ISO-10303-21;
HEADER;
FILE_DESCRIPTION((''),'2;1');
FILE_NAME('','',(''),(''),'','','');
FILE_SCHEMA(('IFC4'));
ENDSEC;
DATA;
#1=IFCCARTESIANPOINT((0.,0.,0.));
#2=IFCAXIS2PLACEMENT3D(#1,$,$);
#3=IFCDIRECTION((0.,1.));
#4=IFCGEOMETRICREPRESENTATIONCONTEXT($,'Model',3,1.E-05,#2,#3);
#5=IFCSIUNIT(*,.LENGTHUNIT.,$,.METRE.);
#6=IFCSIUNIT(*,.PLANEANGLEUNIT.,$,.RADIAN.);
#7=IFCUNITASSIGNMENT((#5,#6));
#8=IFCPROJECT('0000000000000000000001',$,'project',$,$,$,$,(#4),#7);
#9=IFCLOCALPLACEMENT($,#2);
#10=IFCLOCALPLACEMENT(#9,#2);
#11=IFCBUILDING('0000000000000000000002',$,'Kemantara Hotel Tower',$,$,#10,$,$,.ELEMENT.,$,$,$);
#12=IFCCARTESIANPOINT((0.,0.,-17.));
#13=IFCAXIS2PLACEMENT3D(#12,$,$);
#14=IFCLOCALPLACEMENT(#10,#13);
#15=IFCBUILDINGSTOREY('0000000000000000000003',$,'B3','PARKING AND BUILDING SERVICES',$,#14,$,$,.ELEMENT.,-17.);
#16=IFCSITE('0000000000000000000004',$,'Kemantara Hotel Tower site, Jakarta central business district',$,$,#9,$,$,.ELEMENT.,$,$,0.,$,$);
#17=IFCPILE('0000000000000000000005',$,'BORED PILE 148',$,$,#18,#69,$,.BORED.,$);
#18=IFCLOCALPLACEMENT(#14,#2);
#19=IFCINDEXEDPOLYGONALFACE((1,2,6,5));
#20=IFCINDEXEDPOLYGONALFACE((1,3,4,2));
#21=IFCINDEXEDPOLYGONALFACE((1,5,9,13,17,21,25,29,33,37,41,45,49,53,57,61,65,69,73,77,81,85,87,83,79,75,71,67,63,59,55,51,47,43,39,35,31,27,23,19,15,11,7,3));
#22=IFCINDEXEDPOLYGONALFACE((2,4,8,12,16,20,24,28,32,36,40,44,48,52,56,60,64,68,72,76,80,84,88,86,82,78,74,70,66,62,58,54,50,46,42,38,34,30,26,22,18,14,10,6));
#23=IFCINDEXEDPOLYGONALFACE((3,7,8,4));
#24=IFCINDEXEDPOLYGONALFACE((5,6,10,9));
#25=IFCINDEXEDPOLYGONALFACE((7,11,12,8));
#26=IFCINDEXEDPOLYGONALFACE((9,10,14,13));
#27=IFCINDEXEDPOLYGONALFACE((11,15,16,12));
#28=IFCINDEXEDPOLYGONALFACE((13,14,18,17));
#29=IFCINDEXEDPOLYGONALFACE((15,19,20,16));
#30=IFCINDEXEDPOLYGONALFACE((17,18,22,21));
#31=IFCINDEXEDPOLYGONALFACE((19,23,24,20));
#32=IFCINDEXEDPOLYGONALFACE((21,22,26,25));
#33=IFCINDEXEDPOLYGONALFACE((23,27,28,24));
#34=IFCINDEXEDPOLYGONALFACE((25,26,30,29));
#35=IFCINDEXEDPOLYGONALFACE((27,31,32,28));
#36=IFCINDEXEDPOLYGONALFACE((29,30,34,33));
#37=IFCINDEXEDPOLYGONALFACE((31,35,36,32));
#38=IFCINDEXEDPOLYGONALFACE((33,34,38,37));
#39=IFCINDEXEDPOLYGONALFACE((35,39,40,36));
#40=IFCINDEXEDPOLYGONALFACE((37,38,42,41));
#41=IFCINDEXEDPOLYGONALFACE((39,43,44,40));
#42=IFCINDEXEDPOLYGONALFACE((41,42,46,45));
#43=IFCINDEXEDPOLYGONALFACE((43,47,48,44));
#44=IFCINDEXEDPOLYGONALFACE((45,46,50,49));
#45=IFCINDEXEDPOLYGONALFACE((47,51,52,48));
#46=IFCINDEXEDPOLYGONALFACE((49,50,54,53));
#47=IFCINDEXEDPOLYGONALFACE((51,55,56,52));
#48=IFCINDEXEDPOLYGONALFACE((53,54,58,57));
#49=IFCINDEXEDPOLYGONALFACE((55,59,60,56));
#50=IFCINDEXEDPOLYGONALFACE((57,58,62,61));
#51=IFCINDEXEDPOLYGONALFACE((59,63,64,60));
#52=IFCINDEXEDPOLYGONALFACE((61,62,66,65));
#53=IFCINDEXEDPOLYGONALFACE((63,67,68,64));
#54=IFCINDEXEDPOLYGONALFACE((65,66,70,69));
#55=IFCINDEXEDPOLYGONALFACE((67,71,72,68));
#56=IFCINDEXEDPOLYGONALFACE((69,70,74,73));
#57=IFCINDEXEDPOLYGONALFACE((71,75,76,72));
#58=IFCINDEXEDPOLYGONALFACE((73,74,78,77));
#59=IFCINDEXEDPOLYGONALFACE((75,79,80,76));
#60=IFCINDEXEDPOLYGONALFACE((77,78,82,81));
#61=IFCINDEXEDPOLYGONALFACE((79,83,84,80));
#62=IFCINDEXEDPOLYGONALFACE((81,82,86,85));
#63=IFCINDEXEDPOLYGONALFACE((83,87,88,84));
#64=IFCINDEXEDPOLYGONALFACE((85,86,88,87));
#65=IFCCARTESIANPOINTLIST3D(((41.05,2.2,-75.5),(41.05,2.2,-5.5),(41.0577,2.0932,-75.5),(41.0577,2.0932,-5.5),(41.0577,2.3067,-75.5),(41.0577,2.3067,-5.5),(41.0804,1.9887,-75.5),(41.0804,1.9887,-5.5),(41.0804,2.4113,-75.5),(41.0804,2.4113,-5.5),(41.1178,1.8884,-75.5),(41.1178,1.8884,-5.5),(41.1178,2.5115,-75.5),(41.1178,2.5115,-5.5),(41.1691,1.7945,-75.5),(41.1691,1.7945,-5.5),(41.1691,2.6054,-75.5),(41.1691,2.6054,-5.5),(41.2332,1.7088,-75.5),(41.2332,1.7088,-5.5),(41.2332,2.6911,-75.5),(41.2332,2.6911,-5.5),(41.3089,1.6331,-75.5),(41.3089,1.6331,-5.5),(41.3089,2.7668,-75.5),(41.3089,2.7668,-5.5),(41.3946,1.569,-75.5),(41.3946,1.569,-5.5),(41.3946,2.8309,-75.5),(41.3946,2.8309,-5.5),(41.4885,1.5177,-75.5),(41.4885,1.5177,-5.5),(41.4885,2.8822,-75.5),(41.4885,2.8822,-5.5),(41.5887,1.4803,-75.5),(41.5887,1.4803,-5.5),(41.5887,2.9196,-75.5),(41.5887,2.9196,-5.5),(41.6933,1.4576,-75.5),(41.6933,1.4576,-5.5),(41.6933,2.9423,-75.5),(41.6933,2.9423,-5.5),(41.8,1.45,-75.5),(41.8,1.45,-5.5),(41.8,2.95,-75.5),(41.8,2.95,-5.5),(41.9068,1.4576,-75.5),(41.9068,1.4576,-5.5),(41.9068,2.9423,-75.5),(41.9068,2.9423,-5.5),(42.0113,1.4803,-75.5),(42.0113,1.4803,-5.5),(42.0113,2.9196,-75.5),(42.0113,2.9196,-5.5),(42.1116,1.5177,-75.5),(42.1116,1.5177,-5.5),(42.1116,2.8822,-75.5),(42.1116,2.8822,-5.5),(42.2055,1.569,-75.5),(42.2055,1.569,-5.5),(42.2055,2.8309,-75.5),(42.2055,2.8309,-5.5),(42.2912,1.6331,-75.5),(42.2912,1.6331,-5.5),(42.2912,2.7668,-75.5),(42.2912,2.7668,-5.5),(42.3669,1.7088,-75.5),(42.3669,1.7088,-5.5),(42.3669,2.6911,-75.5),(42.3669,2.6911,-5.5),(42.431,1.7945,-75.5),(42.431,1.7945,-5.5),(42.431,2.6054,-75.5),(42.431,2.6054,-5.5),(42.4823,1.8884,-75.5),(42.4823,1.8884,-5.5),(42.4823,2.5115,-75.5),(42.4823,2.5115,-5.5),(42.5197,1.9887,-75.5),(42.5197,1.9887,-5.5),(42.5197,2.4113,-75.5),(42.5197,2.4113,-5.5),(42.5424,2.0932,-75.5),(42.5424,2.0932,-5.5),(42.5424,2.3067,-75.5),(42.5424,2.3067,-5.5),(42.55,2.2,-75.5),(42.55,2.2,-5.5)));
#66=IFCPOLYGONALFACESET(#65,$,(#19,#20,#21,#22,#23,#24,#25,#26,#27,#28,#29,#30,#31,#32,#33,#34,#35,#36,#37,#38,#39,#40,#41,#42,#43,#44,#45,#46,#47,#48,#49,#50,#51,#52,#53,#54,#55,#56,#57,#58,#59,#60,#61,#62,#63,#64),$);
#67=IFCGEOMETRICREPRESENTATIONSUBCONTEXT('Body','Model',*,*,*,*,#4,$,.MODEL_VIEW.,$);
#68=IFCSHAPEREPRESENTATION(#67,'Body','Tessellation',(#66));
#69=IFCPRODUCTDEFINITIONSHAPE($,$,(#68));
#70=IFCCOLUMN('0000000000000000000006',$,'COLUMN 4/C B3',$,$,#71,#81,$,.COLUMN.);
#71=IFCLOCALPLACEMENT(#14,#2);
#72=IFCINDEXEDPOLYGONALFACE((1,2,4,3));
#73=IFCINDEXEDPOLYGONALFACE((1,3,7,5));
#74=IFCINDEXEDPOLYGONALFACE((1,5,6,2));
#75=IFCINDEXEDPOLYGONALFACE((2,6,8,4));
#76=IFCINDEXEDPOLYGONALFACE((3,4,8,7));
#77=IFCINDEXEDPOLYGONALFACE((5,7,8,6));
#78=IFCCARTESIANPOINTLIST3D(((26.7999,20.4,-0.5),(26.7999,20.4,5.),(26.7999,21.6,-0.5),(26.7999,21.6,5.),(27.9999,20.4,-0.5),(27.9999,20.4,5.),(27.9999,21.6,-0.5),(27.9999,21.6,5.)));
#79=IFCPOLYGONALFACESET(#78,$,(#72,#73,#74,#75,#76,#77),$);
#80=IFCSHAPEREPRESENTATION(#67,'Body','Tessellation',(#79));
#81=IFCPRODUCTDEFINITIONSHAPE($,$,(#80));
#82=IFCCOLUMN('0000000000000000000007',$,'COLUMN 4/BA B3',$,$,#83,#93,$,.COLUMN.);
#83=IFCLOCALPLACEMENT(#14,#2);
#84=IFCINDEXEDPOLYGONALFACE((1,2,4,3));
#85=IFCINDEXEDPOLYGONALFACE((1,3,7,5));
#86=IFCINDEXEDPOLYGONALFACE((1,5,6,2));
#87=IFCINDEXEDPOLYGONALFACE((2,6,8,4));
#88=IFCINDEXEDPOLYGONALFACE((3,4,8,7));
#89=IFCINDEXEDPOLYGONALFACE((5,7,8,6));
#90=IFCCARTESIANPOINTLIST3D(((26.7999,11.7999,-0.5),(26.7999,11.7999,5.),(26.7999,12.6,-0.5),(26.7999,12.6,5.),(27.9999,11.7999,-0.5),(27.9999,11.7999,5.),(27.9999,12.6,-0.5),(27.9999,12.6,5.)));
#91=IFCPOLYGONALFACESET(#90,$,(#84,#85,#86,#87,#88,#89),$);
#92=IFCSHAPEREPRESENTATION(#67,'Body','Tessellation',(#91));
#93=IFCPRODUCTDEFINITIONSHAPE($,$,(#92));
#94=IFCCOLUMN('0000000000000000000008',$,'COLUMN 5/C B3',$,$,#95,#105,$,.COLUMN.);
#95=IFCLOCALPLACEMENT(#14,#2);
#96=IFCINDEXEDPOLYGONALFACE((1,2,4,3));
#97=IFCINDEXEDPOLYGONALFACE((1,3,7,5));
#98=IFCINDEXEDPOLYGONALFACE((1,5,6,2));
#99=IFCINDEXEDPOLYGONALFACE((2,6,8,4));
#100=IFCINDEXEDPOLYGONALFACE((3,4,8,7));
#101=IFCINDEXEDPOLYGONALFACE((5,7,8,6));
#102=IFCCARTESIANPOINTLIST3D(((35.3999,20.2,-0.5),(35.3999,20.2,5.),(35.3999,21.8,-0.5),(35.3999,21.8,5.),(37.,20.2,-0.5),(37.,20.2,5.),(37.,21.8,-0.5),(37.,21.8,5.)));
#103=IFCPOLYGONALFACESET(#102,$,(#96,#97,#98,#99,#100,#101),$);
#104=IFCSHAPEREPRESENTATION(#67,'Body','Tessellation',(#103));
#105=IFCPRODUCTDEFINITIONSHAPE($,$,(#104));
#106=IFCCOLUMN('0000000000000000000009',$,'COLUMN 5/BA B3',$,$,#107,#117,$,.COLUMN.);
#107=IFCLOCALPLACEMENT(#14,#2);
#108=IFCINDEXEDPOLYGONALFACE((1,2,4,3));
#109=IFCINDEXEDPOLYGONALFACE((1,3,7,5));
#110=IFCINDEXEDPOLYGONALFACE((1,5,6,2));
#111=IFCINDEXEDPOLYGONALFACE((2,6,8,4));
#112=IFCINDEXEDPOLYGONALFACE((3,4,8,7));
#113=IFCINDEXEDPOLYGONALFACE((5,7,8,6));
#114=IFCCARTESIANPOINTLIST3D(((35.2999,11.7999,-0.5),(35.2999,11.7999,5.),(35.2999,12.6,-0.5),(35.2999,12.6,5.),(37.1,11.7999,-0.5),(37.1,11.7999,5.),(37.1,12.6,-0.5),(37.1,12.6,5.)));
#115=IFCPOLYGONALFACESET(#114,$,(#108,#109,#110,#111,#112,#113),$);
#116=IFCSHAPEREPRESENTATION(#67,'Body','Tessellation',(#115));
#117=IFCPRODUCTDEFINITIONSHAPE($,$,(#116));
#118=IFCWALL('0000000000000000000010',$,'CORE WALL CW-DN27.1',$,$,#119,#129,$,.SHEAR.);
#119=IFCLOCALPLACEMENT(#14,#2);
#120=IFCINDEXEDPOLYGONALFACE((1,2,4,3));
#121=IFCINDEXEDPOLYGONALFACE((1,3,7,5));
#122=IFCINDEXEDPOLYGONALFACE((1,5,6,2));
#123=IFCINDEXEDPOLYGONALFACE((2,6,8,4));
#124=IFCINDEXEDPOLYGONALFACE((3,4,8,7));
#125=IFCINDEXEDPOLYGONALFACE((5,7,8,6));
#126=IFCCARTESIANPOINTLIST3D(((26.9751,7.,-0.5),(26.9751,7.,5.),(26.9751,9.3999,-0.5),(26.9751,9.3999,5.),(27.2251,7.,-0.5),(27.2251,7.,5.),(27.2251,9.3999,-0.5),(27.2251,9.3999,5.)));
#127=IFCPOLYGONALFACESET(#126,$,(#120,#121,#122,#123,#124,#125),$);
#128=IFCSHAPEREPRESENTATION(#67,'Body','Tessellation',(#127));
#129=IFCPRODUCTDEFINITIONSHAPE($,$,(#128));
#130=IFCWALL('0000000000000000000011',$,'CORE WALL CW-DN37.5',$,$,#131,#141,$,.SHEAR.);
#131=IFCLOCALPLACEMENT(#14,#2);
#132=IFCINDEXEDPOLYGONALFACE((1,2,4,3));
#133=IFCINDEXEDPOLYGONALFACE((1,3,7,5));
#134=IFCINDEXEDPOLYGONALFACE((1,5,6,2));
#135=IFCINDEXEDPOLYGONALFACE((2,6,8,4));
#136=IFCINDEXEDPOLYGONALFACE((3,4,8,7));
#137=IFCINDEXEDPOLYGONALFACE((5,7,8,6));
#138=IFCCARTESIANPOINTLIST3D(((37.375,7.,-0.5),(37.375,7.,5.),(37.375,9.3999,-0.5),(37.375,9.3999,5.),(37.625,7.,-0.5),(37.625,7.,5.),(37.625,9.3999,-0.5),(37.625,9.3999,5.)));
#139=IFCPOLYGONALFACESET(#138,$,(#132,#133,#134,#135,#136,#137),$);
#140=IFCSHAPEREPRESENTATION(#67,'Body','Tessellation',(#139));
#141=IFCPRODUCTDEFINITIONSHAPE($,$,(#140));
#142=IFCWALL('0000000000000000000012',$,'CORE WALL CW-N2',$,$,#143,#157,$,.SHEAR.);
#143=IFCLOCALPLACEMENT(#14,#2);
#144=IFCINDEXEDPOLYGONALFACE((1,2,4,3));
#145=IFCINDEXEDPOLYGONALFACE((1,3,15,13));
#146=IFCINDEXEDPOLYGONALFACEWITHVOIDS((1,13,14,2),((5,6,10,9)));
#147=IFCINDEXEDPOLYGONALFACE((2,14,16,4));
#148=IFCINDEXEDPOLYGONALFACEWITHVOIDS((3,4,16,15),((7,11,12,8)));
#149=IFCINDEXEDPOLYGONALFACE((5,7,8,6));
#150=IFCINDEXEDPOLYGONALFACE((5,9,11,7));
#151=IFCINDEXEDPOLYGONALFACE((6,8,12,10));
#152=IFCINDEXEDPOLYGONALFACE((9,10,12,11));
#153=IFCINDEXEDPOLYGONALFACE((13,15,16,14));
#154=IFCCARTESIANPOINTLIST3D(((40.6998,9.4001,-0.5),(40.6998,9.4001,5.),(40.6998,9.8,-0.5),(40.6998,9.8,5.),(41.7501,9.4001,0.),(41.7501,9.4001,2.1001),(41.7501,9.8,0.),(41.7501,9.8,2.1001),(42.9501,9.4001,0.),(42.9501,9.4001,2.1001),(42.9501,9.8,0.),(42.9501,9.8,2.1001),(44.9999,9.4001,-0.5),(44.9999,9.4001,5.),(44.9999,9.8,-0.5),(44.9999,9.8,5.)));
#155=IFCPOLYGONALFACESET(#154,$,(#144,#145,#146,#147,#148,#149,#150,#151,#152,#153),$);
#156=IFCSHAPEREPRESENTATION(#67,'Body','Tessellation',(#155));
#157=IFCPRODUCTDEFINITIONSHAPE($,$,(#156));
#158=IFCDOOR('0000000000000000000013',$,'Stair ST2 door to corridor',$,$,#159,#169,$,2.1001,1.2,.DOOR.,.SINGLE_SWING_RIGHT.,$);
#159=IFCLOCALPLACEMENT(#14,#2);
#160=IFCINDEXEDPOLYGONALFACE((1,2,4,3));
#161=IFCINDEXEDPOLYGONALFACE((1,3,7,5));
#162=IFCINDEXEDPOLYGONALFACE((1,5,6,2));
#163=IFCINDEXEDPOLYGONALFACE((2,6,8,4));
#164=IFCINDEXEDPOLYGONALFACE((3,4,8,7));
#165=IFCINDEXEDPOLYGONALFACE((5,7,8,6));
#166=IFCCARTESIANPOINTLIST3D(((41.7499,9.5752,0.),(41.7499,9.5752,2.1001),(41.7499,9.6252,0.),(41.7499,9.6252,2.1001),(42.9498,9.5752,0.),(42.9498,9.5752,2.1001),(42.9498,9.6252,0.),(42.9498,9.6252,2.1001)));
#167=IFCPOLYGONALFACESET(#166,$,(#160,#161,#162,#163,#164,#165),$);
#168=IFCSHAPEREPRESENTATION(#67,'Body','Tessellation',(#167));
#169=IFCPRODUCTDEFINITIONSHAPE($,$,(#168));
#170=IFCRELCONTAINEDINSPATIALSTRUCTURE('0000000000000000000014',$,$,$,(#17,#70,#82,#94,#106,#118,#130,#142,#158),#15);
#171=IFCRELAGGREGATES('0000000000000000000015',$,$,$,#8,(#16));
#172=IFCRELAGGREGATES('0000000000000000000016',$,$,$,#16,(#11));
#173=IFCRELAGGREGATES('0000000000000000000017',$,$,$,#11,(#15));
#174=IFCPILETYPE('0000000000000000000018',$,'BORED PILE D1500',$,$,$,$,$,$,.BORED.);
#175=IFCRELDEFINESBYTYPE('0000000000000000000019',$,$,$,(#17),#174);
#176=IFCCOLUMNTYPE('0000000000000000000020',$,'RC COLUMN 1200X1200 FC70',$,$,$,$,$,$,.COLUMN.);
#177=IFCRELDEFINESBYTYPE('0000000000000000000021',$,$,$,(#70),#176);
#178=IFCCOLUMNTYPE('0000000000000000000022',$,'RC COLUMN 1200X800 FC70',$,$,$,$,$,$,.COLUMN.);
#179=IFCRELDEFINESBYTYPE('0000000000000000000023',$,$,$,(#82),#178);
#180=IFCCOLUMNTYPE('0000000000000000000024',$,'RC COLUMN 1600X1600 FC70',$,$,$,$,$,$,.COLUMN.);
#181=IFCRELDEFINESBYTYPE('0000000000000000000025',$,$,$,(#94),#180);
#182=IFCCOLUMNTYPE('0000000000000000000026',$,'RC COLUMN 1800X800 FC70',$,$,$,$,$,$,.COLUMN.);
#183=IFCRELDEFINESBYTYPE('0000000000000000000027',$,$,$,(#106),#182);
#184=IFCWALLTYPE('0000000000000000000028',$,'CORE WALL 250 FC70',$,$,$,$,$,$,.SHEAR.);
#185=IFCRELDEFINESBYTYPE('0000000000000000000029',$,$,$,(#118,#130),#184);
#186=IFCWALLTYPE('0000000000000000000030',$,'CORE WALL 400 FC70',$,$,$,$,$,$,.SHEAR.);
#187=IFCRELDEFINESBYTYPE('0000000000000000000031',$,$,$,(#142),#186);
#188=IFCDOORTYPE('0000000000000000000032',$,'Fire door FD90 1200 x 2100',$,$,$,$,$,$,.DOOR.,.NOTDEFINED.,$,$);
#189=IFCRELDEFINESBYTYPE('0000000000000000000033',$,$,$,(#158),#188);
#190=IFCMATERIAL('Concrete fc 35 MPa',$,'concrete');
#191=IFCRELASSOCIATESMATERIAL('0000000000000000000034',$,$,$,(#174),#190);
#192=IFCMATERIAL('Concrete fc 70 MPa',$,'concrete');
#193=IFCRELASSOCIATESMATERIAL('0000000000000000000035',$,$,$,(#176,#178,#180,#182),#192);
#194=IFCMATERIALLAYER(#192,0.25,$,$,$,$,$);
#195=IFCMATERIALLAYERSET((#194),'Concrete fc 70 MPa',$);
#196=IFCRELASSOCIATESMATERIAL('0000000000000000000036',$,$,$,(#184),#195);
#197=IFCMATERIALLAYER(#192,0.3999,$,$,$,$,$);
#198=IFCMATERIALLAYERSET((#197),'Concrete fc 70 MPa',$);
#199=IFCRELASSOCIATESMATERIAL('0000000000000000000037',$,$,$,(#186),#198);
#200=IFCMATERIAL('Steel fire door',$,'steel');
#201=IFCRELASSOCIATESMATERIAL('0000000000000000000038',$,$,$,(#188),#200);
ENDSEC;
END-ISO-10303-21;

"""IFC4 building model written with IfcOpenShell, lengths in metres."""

from ifc_helpers import new_model, si_unit, direction, frame, frame_2d, origin, origin_2d, place, context, subcontext, project, spatial, rectangle, circle, extrude, material, layer, layer_set, material_profile, profile_set, type_object, element, fill, save


model = new_model("IFC4")

# Units and contexts
model_context = context("Model", 3, precision=1e-05, world=origin(), true_north=direction((0.0, 1.0)))
body_context = subcontext(model_context, "Body", "Model", "MODEL_VIEW")
ifc_project = project(units=[si_unit("LENGTHUNIT", "METRE"), si_unit("PLANEANGLEUNIT", "RADIAN")], contexts=[model_context])

# Site, building, storey
site_placement = place(None, origin())
site = spatial("IfcSite", under=ifc_project, at=site_placement, Name="Kemantara Hotel Tower site, Jakarta central business district", CompositionType="ELEMENT", RefElevation=0.0)
building_placement = place(site_placement, origin())
building = spatial("IfcBuilding", under=site, at=building_placement, Name="Kemantara Hotel Tower", CompositionType="ELEMENT")
storey_placement = place(building_placement, frame((0.0, 0.0, -17.0)))
storey = spatial("IfcBuildingStorey", under=building, at=storey_placement, Name="B3", Description="PARKING AND BUILDING SERVICES", CompositionType="ELEMENT", Elevation=-17.0)

# Pile
ifc_material_1 = material(Name="Concrete fc 35 MPa", Category="concrete")
ifc_material_profile_1 = material_profile(ifc_material_1, circle(Radius=0.75, at=origin_2d()), Name="BORED PILE D1500")
ifc_profile_set_1 = profile_set([ifc_material_profile_1], Name="Concrete fc 35 MPa")
pile_type = type_object("IfcPileType", Name="BORED PILE D1500", PredefinedType="BORED", material=ifc_profile_set_1)
for number, where, z_axis, x_axis, name in (
    (1, (41.8, 2.2, -5.5), (0.0, 0.0, -1.0), (1.0, 0.0, 0.0), "BORED PILE 148"),
):
    element("IfcPile", number, at=place(storey_placement, frame(where, z_axis=z_axis, x_axis=x_axis)), inside=storey, type_object=pile_type, Name=name, PredefinedType="BORED", context=body_context, shape_type="SweptSolid", body=[
        extrude(circle(Radius=0.75, at=origin_2d()), origin(), (0.0, 0.0, 1.0), 70.0),
    ])

# Columns
ifc_material_2 = material(Name="Concrete fc 70 MPa", Category="concrete")
ifc_material_profile_2 = material_profile(ifc_material_2, rectangle(XDim=1.2, YDim=1.2, at=origin_2d()), Name="RC 1200X1200")
ifc_profile_set_2 = profile_set([ifc_material_profile_2], Name="Concrete fc 70 MPa")
column_type_1 = type_object("IfcColumnType", Name="RC COLUMN 1200X1200 FC70", PredefinedType="COLUMN", material=ifc_profile_set_2)
column_1_placement = place(storey_placement, frame((27.3999, 21.0, -0.5), z_axis=(0.0, 0.0, 1.0), x_axis=(1.0, 0.0, 0.0)))
element("IfcColumn", 2, at=column_1_placement, inside=storey, type_object=column_type_1, Name="COLUMN 4/C B3", PredefinedType="COLUMN", context=body_context, shape_type="SweptSolid", body=[
    extrude(rectangle(XDim=1.2, YDim=1.2, at=origin_2d()), origin(), (0.0, 0.0, 1.0), 5.5),
])
ifc_material_profile_3 = material_profile(ifc_material_2, rectangle(XDim=1.2, YDim=0.8, at=origin_2d()), Name="RC 1200X800")
ifc_profile_set_3 = profile_set([ifc_material_profile_3], Name="Concrete fc 70 MPa")
column_type_2 = type_object("IfcColumnType", Name="RC COLUMN 1200X800 FC70", PredefinedType="COLUMN", material=ifc_profile_set_3)
column_2_placement = place(storey_placement, frame((27.3999, 12.2, -0.5), z_axis=(0.0, 0.0, 1.0), x_axis=(1.0, 0.0, 0.0)))
element("IfcColumn", 3, at=column_2_placement, inside=storey, type_object=column_type_2, Name="COLUMN 4/BA B3", PredefinedType="COLUMN", context=body_context, shape_type="SweptSolid", body=[
    extrude(rectangle(XDim=1.2, YDim=0.8, at=origin_2d()), origin(), (0.0, 0.0, 1.0), 5.5),
])
ifc_material_profile_4 = material_profile(ifc_material_2, rectangle(XDim=1.6001, YDim=1.6001, at=origin_2d()), Name="RC 1600X1600")
ifc_profile_set_4 = profile_set([ifc_material_profile_4], Name="Concrete fc 70 MPa")
column_type_3 = type_object("IfcColumnType", Name="RC COLUMN 1600X1600 FC70", PredefinedType="COLUMN", material=ifc_profile_set_4)
column_3_placement = place(storey_placement, frame((36.2, 21.0, -0.5), z_axis=(0.0, 0.0, 1.0), x_axis=(1.0, 0.0, 0.0)))
element("IfcColumn", 4, at=column_3_placement, inside=storey, type_object=column_type_3, Name="COLUMN 5/C B3", PredefinedType="COLUMN", context=body_context, shape_type="SweptSolid", body=[
    extrude(rectangle(XDim=1.6001, YDim=1.6001, at=origin_2d()), origin(), (0.0, 0.0, 1.0), 5.5),
])
ifc_material_profile_5 = material_profile(ifc_material_2, rectangle(XDim=1.8, YDim=0.8, at=origin_2d()), Name="RC 1800X800")
ifc_profile_set_5 = profile_set([ifc_material_profile_5], Name="Concrete fc 70 MPa")
column_type_4 = type_object("IfcColumnType", Name="RC COLUMN 1800X800 FC70", PredefinedType="COLUMN", material=ifc_profile_set_5)
column_4_placement = place(storey_placement, frame((36.2, 12.2, -0.5), z_axis=(0.0, 0.0, 1.0), x_axis=(1.0, 0.0, 0.0)))
element("IfcColumn", 5, at=column_4_placement, inside=storey, type_object=column_type_4, Name="COLUMN 5/BA B3", PredefinedType="COLUMN", context=body_context, shape_type="SweptSolid", body=[
    extrude(rectangle(XDim=1.8, YDim=0.8, at=origin_2d()), origin(), (0.0, 0.0, 1.0), 5.5),
])

# Walls
ifc_layer_1 = layer(ifc_material_2, 0.25)
ifc_layer_set_1 = layer_set([ifc_layer_1], Name="Concrete fc 70 MPa")
wall_type_1 = type_object("IfcWallType", Name="CORE WALL 250 FC70", PredefinedType="SHEAR", material=ifc_layer_set_1)
for number, where, z_axis, x_axis, name in (
    (6, (27.1001, 7.0, -0.5), (0.0, 0.0, 1.0), (0.0, 1.0, 0.0), "CORE WALL CW-DN27.1"),
    (7, (37.5, 7.0, -0.5), (0.0, 0.0, 1.0), (0.0, 1.0, 0.0), "CORE WALL CW-DN37.5"),
):
    element("IfcWall", number, at=place(storey_placement, frame(where, z_axis=z_axis, x_axis=x_axis)), inside=storey, type_object=wall_type_1, Name=name, PredefinedType="SHEAR", context=body_context, shape_type="SweptSolid", body=[
        extrude(rectangle(XDim=2.3999, YDim=0.25, at=frame_2d((1.2, 0.0))), origin(), (0.0, 0.0, 1.0), 5.5),
    ])

# Wall, opening, door
ifc_layer_2 = layer(ifc_material_2, 0.3999)
ifc_layer_set_2 = layer_set([ifc_layer_2], Name="Concrete fc 70 MPa")
wall_type_2 = type_object("IfcWallType", Name="CORE WALL 400 FC70", PredefinedType="SHEAR", material=ifc_layer_set_2)
wall_1_placement = place(storey_placement, frame((40.7, 9.6001, -0.5), z_axis=(0.0, 0.0, 1.0), x_axis=(1.0, 0.0, 0.0)))
wall_1 = element("IfcWall", 8, at=wall_1_placement, inside=storey, type_object=wall_type_2, Name="CORE WALL CW-N2", PredefinedType="SHEAR", context=body_context, shape_type="SweptSolid", body=[
    extrude(rectangle(XDim=4.3, YDim=0.3999, at=frame_2d((2.1499, 0.0))), origin(), (0.0, 0.0, 1.0), 5.5),
])
opening_1_placement = place(wall_1_placement, frame((1.05, 0.0, 0.5)))
opening_1 = element("IfcOpeningElement", 9, at=opening_1_placement, cuts=wall_1, PredefinedType="OPENING", context=body_context, shape_type="SweptSolid", body=[
    extrude(rectangle(XDim=1.2, YDim=2.1001, at=frame_2d((0.6001, 1.05))), frame((0.0, 0.21, 0.0), z_axis=(0.0, -1.0, 0.0), x_axis=(1.0, 0.0, 0.0)), (0.0, 0.0, 1.0), 0.4199),
])
ifc_material_3 = material(Name="Steel fire door", Category="steel")
door_type_1 = type_object("IfcDoorType", Name="Fire door FD90 1200 x 2100", OperationType="NOTDEFINED", PredefinedType="DOOR", material=ifc_material_3)
door_1_placement = place(opening_1_placement, frame((1.2, 0.0, 0.0), z_axis=(0.0, 0.0, 1.0), x_axis=(-1.0, 0.0, 0.0)))
door_1 = element("IfcDoor", 10, at=door_1_placement, inside=storey, type_object=door_type_1, Name="Stair ST2 door to corridor", OperationType="SINGLE_SWING_RIGHT", OverallHeight=2.1001, OverallWidth=1.2, PredefinedType="DOOR", context=body_context, shape_type="SweptSolid", body=[
    extrude(rectangle(XDim=1.2, YDim=2.1001, at=frame_2d((0.6001, 1.05))), frame((0.0, 0.0249, 0.0), z_axis=(0.0, -1.0, 0.0), x_axis=(1.0, 0.0, 0.0)), (0.0, 0.0, 1.0), 0.05),
])
fill(opening_1, door_1)

save(model, "model.ifc")
